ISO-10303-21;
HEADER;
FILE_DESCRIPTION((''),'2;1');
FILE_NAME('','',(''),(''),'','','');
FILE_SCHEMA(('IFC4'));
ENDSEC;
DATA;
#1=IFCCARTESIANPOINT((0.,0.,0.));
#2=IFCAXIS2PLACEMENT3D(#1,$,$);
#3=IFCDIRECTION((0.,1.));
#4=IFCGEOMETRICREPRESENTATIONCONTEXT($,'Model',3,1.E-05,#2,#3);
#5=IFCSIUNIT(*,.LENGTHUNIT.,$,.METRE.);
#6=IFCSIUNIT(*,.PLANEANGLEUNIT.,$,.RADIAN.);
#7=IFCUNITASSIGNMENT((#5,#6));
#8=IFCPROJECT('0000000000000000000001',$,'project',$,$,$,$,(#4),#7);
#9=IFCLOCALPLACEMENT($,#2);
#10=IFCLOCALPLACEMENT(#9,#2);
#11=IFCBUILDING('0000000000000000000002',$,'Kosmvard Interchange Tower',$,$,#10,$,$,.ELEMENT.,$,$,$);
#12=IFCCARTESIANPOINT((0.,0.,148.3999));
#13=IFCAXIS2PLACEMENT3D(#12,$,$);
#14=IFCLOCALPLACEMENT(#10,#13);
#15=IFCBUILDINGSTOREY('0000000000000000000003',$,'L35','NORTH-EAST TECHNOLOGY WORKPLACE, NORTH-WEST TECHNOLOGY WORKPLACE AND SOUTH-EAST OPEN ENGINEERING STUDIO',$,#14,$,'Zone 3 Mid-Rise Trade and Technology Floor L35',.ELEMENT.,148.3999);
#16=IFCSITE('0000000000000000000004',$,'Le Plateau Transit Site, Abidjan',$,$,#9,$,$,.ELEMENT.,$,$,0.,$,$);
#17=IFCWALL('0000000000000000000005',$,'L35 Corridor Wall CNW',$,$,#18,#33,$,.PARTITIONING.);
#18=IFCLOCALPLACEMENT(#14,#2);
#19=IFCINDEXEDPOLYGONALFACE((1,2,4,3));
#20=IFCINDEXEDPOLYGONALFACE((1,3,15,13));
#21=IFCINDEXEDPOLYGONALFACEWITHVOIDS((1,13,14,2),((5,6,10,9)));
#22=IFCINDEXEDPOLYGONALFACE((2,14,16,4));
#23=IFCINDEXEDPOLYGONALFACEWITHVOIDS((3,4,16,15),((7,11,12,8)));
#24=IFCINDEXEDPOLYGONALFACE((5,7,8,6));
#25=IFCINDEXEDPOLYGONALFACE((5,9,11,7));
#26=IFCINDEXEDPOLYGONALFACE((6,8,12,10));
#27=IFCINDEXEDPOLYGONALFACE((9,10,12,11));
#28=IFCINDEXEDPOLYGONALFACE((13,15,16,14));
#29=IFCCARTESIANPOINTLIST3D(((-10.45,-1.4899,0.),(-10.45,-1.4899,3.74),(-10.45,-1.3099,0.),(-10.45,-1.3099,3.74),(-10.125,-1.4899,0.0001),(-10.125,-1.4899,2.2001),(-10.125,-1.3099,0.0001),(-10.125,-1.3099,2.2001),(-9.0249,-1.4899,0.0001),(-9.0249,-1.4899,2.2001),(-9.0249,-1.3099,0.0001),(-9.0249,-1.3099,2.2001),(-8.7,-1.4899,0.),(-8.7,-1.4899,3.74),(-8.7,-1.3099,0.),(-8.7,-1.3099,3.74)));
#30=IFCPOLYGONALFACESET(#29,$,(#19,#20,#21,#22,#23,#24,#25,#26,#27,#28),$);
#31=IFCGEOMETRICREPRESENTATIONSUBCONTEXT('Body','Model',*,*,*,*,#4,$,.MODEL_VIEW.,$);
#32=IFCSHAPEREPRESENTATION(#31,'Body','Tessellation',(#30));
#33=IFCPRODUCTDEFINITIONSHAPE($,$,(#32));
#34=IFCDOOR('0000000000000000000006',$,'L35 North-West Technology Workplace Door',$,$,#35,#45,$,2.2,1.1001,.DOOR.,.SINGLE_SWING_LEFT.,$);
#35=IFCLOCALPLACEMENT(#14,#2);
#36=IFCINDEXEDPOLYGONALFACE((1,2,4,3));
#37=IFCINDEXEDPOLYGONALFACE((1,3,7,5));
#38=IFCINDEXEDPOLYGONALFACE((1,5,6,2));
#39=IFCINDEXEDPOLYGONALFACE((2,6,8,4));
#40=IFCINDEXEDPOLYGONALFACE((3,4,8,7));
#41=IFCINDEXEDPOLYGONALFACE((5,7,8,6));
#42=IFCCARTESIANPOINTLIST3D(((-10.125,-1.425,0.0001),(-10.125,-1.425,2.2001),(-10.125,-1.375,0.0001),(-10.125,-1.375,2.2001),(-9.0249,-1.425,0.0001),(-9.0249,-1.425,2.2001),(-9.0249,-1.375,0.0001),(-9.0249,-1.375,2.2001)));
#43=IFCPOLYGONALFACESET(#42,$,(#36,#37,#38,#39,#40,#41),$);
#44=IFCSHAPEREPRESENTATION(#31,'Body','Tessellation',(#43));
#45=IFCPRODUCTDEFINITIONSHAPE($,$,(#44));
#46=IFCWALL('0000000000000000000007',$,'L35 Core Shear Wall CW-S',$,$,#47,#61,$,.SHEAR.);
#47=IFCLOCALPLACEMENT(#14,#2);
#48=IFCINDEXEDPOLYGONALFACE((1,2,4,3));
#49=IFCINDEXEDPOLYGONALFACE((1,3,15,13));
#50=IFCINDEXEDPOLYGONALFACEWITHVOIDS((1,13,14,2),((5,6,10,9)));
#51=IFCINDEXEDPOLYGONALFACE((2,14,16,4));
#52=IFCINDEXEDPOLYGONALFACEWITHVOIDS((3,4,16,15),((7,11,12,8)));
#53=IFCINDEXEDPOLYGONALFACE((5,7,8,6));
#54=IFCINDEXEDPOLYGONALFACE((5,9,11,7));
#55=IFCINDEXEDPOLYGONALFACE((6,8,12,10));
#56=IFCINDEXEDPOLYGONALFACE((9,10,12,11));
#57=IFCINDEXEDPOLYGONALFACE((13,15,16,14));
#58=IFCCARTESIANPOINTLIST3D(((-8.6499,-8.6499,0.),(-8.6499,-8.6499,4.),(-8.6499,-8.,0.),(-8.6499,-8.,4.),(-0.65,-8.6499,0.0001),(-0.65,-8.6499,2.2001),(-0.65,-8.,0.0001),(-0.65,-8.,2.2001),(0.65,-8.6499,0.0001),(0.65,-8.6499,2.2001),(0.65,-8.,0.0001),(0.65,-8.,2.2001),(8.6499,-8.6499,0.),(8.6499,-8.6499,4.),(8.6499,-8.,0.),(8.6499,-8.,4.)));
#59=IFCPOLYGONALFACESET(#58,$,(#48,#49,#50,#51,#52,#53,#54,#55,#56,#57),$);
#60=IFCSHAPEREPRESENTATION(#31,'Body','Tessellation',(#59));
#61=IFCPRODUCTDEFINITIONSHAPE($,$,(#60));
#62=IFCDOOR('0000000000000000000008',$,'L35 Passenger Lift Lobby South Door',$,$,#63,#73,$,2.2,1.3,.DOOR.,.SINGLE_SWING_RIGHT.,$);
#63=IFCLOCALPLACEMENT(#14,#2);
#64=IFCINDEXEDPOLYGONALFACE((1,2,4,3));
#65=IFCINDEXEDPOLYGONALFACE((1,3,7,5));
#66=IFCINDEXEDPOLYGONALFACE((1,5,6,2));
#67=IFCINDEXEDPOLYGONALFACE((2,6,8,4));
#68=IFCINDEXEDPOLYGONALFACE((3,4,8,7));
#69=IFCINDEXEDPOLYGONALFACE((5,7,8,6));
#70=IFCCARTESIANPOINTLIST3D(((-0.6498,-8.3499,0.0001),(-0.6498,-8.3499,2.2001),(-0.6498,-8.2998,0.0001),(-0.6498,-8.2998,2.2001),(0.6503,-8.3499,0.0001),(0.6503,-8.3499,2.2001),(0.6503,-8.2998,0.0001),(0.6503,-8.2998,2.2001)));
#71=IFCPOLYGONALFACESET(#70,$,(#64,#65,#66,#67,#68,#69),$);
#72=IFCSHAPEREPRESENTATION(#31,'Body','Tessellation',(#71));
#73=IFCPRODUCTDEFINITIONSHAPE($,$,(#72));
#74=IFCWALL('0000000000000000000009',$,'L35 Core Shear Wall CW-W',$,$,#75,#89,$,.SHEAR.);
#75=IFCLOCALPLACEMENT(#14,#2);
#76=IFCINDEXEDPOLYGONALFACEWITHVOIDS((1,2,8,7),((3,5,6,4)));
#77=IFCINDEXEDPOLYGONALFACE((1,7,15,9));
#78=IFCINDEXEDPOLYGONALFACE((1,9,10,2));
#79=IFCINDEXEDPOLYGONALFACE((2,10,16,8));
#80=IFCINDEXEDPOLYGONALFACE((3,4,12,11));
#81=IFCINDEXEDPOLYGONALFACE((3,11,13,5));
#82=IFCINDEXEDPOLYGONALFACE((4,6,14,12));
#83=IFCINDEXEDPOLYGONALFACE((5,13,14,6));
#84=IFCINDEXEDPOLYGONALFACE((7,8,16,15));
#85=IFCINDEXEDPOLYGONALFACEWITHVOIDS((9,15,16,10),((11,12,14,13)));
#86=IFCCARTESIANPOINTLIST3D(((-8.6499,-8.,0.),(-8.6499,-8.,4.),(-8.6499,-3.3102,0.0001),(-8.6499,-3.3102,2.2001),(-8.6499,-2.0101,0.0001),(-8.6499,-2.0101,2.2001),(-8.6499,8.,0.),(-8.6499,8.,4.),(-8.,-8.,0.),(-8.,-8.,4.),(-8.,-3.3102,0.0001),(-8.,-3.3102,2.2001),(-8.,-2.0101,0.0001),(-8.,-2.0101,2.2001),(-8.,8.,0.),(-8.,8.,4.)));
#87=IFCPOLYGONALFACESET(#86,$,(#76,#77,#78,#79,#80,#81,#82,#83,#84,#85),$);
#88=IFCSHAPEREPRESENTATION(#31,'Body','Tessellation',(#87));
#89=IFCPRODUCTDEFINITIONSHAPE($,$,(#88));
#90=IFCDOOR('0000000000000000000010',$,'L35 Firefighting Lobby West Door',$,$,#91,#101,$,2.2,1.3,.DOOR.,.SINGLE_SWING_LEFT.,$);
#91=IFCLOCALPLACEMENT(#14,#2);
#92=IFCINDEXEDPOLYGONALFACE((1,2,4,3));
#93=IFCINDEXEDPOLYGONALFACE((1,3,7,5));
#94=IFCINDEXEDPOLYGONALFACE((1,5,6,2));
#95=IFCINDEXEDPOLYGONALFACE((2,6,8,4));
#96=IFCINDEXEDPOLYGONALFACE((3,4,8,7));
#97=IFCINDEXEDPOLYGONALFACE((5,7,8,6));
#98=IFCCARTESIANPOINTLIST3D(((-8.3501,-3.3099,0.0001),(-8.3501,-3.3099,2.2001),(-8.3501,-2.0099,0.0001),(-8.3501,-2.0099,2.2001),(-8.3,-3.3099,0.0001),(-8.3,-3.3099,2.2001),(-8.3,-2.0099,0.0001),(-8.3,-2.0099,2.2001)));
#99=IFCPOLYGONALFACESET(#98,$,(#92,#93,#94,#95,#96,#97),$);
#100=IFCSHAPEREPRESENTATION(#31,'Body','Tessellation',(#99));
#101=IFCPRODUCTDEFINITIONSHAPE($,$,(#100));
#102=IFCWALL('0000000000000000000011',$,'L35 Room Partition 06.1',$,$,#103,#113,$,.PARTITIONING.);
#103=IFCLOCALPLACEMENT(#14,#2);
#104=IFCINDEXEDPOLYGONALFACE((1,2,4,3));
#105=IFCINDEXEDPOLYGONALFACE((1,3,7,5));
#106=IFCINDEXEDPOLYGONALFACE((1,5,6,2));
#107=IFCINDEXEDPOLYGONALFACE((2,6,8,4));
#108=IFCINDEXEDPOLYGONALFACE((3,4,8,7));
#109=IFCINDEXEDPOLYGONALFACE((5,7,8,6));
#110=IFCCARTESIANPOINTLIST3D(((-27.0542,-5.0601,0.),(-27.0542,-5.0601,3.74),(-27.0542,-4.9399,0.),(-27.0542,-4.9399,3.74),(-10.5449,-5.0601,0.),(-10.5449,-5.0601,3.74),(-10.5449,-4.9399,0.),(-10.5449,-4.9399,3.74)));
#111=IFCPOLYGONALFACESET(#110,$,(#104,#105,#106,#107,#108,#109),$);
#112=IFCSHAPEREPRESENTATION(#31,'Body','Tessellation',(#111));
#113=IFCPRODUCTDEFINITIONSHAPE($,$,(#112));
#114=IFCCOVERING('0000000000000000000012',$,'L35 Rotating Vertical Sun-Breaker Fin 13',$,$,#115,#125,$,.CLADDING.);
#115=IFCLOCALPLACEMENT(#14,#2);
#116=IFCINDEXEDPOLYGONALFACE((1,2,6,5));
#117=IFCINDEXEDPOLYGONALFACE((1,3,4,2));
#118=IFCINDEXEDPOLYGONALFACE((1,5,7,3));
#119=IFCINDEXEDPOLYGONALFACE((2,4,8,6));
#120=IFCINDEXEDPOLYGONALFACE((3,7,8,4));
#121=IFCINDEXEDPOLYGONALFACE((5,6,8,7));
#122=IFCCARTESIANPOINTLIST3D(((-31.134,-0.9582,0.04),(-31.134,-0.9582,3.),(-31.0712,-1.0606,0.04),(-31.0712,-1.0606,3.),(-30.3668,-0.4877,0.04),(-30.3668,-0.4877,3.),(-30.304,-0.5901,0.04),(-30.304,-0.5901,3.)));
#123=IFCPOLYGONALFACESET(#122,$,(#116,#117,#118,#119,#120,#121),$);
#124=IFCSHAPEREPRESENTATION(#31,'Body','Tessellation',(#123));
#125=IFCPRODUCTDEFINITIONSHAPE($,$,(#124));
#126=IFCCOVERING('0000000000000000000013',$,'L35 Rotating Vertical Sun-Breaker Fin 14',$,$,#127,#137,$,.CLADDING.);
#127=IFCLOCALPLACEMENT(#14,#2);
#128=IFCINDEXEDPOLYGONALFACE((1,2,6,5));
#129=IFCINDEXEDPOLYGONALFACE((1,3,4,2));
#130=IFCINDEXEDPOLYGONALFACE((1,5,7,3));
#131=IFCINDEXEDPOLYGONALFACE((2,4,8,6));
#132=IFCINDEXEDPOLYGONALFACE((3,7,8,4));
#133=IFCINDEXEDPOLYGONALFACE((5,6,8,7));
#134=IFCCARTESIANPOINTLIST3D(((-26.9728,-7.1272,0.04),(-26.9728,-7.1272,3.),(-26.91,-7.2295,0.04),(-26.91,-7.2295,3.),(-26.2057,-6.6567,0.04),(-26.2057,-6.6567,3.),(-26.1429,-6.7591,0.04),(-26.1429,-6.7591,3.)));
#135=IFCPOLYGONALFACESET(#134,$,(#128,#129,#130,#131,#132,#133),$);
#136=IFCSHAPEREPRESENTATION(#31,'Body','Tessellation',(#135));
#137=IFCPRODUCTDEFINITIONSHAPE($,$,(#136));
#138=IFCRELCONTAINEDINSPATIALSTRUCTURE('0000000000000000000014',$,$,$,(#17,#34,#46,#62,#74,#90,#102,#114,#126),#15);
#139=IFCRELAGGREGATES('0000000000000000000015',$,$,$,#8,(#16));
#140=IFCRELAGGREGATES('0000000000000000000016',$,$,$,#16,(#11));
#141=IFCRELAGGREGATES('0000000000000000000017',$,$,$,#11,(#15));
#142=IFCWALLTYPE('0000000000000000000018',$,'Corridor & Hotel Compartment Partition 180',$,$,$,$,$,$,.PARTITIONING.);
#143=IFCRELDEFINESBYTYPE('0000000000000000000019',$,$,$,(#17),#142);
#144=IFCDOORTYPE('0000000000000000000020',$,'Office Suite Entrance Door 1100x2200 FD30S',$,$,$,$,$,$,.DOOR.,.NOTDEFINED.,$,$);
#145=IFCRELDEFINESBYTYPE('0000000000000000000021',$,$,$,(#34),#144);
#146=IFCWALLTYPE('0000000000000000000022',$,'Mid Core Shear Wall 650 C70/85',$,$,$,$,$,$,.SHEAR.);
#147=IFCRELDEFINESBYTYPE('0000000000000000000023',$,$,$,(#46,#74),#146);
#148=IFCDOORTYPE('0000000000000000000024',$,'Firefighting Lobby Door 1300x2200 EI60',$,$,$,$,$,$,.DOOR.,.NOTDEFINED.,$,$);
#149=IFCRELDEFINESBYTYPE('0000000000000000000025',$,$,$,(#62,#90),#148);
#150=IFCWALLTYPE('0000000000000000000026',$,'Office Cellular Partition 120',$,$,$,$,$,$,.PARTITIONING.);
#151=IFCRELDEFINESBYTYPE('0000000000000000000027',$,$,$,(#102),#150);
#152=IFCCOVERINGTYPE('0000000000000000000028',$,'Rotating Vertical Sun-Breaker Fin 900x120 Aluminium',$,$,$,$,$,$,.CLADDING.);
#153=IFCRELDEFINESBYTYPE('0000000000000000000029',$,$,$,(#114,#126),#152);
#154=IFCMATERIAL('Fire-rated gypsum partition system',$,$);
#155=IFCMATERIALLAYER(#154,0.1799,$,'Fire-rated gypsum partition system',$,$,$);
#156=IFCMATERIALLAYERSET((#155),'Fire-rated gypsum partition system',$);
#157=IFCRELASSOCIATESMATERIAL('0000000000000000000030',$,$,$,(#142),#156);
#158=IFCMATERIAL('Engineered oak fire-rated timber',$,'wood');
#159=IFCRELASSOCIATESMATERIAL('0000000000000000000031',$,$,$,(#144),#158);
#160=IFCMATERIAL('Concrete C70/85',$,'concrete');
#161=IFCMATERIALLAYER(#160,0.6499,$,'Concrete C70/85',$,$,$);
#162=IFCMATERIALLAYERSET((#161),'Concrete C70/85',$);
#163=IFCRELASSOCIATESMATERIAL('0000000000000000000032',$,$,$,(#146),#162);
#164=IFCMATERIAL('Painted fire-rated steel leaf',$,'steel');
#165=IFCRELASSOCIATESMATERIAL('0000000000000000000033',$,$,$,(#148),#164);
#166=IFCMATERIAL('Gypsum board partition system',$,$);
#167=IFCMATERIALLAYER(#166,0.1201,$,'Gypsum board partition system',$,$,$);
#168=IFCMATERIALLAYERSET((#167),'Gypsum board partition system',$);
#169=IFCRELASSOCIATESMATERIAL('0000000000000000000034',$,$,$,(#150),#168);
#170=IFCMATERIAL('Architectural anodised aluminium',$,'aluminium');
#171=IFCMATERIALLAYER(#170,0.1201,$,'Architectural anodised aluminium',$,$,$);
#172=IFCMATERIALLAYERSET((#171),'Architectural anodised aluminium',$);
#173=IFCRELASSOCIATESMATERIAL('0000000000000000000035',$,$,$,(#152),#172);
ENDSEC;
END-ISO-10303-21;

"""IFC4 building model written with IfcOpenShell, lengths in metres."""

from ifc_helpers import new_model, si_unit, direction, frame, frame_2d, origin, origin_2d, place, context, subcontext, project, spatial, rectangle, extrude, source, transform, mapped, material, layer, layer_set, type_object, element, fill, save


model = new_model("IFC4")

# Units and contexts
model_context = context("Model", 3, precision=1e-05, world=origin(), true_north=direction((0.0, 1.0)))
body_context = subcontext(model_context, "Body", "Model", "MODEL_VIEW")
ifc_project = project(units=[si_unit("LENGTHUNIT", "METRE"), si_unit("PLANEANGLEUNIT", "RADIAN")], contexts=[model_context])

# Site, building, storey
site_placement = place(None, origin())
site = spatial("IfcSite", under=ifc_project, at=site_placement, Name="Le Plateau Transit Site, Abidjan", CompositionType="ELEMENT", RefElevation=0.0)
building_placement = place(site_placement, origin())
building = spatial("IfcBuilding", under=site, at=building_placement, Name="Kosmvard Interchange Tower", CompositionType="ELEMENT")
storey_placement = place(building_placement, frame((0.0, 0.0, 148.3999)))
storey = spatial("IfcBuildingStorey", under=building, at=storey_placement, Name="L35", Description="NORTH-EAST TECHNOLOGY WORKPLACE, NORTH-WEST TECHNOLOGY WORKPLACE AND SOUTH-EAST OPEN ENGINEERING STUDIO", LongName="Zone 3 Mid-Rise Trade and Technology Floor L35", CompositionType="ELEMENT", Elevation=148.3999)

# Shared definitions
ifc_material_1 = material(Name="Fire-rated gypsum partition system")
ifc_layer_1 = layer(ifc_material_1, 0.1799, Name="Fire-rated gypsum partition system")
ifc_layer_set_1 = layer_set([ifc_layer_1], Name="Fire-rated gypsum partition system")
wall_type_1 = type_object("IfcWallType", Name="Corridor & Hotel Compartment Partition 180", PredefinedType="PARTITIONING", material=ifc_layer_set_1)
ifc_material_2 = material(Name="Engineered oak fire-rated timber", Category="wood")
door_type_1 = type_object("IfcDoorType", Name="Office Suite Entrance Door 1100x2200 FD30S", OperationType="NOTDEFINED", PredefinedType="DOOR", material=ifc_material_2)
shared_shape_1 = source(origin(), body_context, "Body", "SweptSolid", [
    extrude(rectangle(XDim=1.1001, YDim=2.2, at=frame_2d((0.55, 1.1001))), frame((0.0, 0.0249, 0.0), z_axis=(0.0, -1.0, 0.0), x_axis=(1.0, 0.0, 0.0)), (0.0, 0.0, 1.0), 0.05),
])

# Walls, openings, doors
wall_1_placement = place(storey_placement, frame((-10.45, -1.3999, 0.0), z_axis=(0.0, 0.0, 1.0), x_axis=(1.0, 0.0, 0.0)))
wall_1 = element("IfcWall", 1, at=wall_1_placement, inside=storey, type_object=wall_type_1, Name="L35 Corridor Wall CNW", PredefinedType="PARTITIONING", context=body_context, shape_type="SweptSolid", body=[
    extrude(rectangle(XDim=1.75, YDim=0.1799, at=frame_2d((0.875, 0.0))), origin(), (0.0, 0.0, 1.0), 3.74),
])
opening_1_placement = place(wall_1_placement, frame((0.325, 0.0, 0.0)))
opening_1 = element("IfcOpeningElement", 2, at=opening_1_placement, cuts=wall_1, PredefinedType="OPENING", context=body_context, shape_type="SweptSolid", body=[
    extrude(rectangle(XDim=1.1001, YDim=2.2, at=frame_2d((0.55, 1.1001))), frame((0.0, 0.1001, 0.0), z_axis=(0.0, -1.0, 0.0), x_axis=(1.0, 0.0, 0.0)), (0.0, 0.0, 1.0), 0.2),
])
door_1_placement = place(opening_1_placement, origin())
door_1 = element("IfcDoor", 3, at=door_1_placement, inside=storey, type_object=door_type_1, Name="L35 North-West Technology Workplace Door", OperationType="SINGLE_SWING_LEFT", OverallHeight=2.2, OverallWidth=1.1001, PredefinedType="DOOR", context=body_context, shape_type="MappedRepresentation", body=[
    mapped(shared_shape_1, transform((0.0, 0.0, 0.0), scale=1.0)),
])
fill(opening_1, door_1)
ifc_material_3 = material(Name="Concrete C70/85", Category="concrete")
ifc_layer_2 = layer(ifc_material_3, 0.6499, Name="Concrete C70/85")
ifc_layer_set_2 = layer_set([ifc_layer_2], Name="Concrete C70/85")
wall_type_2 = type_object("IfcWallType", Name="Mid Core Shear Wall 650 C70/85", PredefinedType="SHEAR", material=ifc_layer_set_2)
wall_2_placement = place(storey_placement, frame((-8.6499, -8.325, 0.0), z_axis=(0.0, 0.0, 1.0), x_axis=(1.0, 0.0, 0.0)))
wall_2 = element("IfcWall", 4, at=wall_2_placement, inside=storey, type_object=wall_type_2, Name="L35 Core Shear Wall CW-S", PredefinedType="SHEAR", context=body_context, shape_type="SweptSolid", body=[
    extrude(rectangle(XDim=17.2998, YDim=0.6499, at=frame_2d((8.6499, 0.0))), origin(), (0.0, 0.0, 1.0), 4.0),
])
opening_2_placement = place(wall_2_placement, frame((8.0, 0.0, 0.0)))
opening_2 = element("IfcOpeningElement", 5, at=opening_2_placement, cuts=wall_2, PredefinedType="OPENING", context=body_context, shape_type="SweptSolid", body=[
    extrude(rectangle(XDim=1.3, YDim=2.2, at=frame_2d((0.6499, 1.1001))), frame((0.0, 0.335, 0.0), z_axis=(0.0, -1.0, 0.0), x_axis=(1.0, 0.0, 0.0)), (0.0, 0.0, 1.0), 0.6699),
])
ifc_material_4 = material(Name="Painted fire-rated steel leaf", Category="steel")
door_type_2 = type_object("IfcDoorType", Name="Firefighting Lobby Door 1300x2200 EI60", OperationType="NOTDEFINED", PredefinedType="DOOR", material=ifc_material_4)
shared_shape_2 = source(origin(), body_context, "Body", "SweptSolid", [
    extrude(rectangle(XDim=1.3, YDim=2.2, at=frame_2d((0.6499, 1.1001))), frame((0.0, 0.0249, 0.0), z_axis=(0.0, -1.0, 0.0), x_axis=(1.0, 0.0, 0.0)), (0.0, 0.0, 1.0), 0.05),
])
door_2_placement = place(opening_2_placement, frame((1.3, 0.0, 0.0), z_axis=(0.0, 0.0, 1.0), x_axis=(-1.0, 0.0, 0.0)))
door_2 = element("IfcDoor", 6, at=door_2_placement, inside=storey, type_object=door_type_2, Name="L35 Passenger Lift Lobby South Door", OperationType="SINGLE_SWING_RIGHT", OverallHeight=2.2, OverallWidth=1.3, PredefinedType="DOOR", context=body_context, shape_type="MappedRepresentation", body=[
    mapped(shared_shape_2, transform((0.0, 0.0, 0.0), scale=1.0)),
])
fill(opening_2, door_2)
wall_3_placement = place(storey_placement, frame((-8.325, -8.0, 0.0), z_axis=(0.0, 0.0, 1.0), x_axis=(0.0, 1.0, 0.0)))
wall_3 = element("IfcWall", 7, at=wall_3_placement, inside=storey, type_object=wall_type_2, Name="L35 Core Shear Wall CW-W", PredefinedType="SHEAR", context=body_context, shape_type="SweptSolid", body=[
    extrude(rectangle(XDim=16.0, YDim=0.6499, at=frame_2d((8.0, 0.0))), origin(), (0.0, 0.0, 1.0), 4.0),
])
opening_3_placement = place(wall_3_placement, frame((4.6899, 0.0, 0.0)))
opening_3 = element("IfcOpeningElement", 8, at=opening_3_placement, cuts=wall_3, PredefinedType="OPENING", context=body_context, shape_type="SweptSolid", body=[
    extrude(rectangle(XDim=1.3, YDim=2.2, at=frame_2d((0.6499, 1.1001))), frame((0.0, 0.335, 0.0), z_axis=(0.0, -1.0, 0.0), x_axis=(1.0, 0.0, 0.0)), (0.0, 0.0, 1.0), 0.6699),
])
door_3_placement = place(opening_3_placement, frame((1.3, 0.0, 0.0), z_axis=(0.0, 0.0, 1.0), x_axis=(-1.0, 0.0, 0.0)))
door_3 = element("IfcDoor", 9, at=door_3_placement, inside=storey, type_object=door_type_2, Name="L35 Firefighting Lobby West Door", OperationType="SINGLE_SWING_LEFT", OverallHeight=2.2, OverallWidth=1.3, PredefinedType="DOOR", context=body_context, shape_type="MappedRepresentation", body=[
    mapped(shared_shape_2, transform((0.0, 0.0, 0.0), scale=1.0)),
])
fill(opening_3, door_3)

# Wall
ifc_material_5 = material(Name="Gypsum board partition system")
ifc_layer_3 = layer(ifc_material_5, 0.1201, Name="Gypsum board partition system")
ifc_layer_set_3 = layer_set([ifc_layer_3], Name="Gypsum board partition system")
wall_type_3 = type_object("IfcWallType", Name="Office Cellular Partition 120", PredefinedType="PARTITIONING", material=ifc_layer_set_3)
wall_4_placement = place(storey_placement, frame((-27.0542, -5.0, 0.0), z_axis=(0.0, 0.0, 1.0), x_axis=(1.0, 0.0, 0.0)))
element("IfcWall", 10, at=wall_4_placement, inside=storey, type_object=wall_type_3, Name="L35 Room Partition 06.1", PredefinedType="PARTITIONING", context=body_context, shape_type="SweptSolid", body=[
    extrude(rectangle(XDim=16.5093, YDim=0.1201, at=frame_2d((8.2546, 0.0))), origin(), (0.0, 0.0, 1.0), 3.74),
])

# Coverings
ifc_material_6 = material(Name="Architectural anodised aluminium", Category="aluminium")
ifc_layer_4 = layer(ifc_material_6, 0.1201, Name="Architectural anodised aluminium")
ifc_layer_set_4 = layer_set([ifc_layer_4], Name="Architectural anodised aluminium")
covering_type = type_object("IfcCoveringType", Name="Rotating Vertical Sun-Breaker Fin 900x120 Aluminium", PredefinedType="CLADDING", material=ifc_layer_set_4)
shared_shape_3 = source(origin(), body_context, "Body", "SweptSolid", [
    extrude(rectangle(XDim=0.8999, YDim=0.1201, at=origin_2d()), origin(), (0.0, 0.0, 1.0), 2.96),
])
for number, where, z_axis, x_axis, name in (
    (11, (-30.719, -0.7742, 0.04), (0.0, 0.0, 1.0), (-0.852458, -0.522796, 0.0), "L35 Rotating Vertical Sun-Breaker Fin 13"),
    (12, (-26.5579, -6.9431, 0.04), (0.0, 0.0, 1.0), (-0.852458, -0.522796, 0.0), "L35 Rotating Vertical Sun-Breaker Fin 14"),
):
    element("IfcCovering", number, at=place(storey_placement, frame(where, z_axis=z_axis, x_axis=x_axis)), inside=storey, type_object=covering_type, Name=name, PredefinedType="CLADDING", context=body_context, shape_type="MappedRepresentation", body=[
        mapped(shared_shape_3, transform((0.0, 0.0, 0.0), scale=1.0)),
    ])

save(model, "model.ifc")
